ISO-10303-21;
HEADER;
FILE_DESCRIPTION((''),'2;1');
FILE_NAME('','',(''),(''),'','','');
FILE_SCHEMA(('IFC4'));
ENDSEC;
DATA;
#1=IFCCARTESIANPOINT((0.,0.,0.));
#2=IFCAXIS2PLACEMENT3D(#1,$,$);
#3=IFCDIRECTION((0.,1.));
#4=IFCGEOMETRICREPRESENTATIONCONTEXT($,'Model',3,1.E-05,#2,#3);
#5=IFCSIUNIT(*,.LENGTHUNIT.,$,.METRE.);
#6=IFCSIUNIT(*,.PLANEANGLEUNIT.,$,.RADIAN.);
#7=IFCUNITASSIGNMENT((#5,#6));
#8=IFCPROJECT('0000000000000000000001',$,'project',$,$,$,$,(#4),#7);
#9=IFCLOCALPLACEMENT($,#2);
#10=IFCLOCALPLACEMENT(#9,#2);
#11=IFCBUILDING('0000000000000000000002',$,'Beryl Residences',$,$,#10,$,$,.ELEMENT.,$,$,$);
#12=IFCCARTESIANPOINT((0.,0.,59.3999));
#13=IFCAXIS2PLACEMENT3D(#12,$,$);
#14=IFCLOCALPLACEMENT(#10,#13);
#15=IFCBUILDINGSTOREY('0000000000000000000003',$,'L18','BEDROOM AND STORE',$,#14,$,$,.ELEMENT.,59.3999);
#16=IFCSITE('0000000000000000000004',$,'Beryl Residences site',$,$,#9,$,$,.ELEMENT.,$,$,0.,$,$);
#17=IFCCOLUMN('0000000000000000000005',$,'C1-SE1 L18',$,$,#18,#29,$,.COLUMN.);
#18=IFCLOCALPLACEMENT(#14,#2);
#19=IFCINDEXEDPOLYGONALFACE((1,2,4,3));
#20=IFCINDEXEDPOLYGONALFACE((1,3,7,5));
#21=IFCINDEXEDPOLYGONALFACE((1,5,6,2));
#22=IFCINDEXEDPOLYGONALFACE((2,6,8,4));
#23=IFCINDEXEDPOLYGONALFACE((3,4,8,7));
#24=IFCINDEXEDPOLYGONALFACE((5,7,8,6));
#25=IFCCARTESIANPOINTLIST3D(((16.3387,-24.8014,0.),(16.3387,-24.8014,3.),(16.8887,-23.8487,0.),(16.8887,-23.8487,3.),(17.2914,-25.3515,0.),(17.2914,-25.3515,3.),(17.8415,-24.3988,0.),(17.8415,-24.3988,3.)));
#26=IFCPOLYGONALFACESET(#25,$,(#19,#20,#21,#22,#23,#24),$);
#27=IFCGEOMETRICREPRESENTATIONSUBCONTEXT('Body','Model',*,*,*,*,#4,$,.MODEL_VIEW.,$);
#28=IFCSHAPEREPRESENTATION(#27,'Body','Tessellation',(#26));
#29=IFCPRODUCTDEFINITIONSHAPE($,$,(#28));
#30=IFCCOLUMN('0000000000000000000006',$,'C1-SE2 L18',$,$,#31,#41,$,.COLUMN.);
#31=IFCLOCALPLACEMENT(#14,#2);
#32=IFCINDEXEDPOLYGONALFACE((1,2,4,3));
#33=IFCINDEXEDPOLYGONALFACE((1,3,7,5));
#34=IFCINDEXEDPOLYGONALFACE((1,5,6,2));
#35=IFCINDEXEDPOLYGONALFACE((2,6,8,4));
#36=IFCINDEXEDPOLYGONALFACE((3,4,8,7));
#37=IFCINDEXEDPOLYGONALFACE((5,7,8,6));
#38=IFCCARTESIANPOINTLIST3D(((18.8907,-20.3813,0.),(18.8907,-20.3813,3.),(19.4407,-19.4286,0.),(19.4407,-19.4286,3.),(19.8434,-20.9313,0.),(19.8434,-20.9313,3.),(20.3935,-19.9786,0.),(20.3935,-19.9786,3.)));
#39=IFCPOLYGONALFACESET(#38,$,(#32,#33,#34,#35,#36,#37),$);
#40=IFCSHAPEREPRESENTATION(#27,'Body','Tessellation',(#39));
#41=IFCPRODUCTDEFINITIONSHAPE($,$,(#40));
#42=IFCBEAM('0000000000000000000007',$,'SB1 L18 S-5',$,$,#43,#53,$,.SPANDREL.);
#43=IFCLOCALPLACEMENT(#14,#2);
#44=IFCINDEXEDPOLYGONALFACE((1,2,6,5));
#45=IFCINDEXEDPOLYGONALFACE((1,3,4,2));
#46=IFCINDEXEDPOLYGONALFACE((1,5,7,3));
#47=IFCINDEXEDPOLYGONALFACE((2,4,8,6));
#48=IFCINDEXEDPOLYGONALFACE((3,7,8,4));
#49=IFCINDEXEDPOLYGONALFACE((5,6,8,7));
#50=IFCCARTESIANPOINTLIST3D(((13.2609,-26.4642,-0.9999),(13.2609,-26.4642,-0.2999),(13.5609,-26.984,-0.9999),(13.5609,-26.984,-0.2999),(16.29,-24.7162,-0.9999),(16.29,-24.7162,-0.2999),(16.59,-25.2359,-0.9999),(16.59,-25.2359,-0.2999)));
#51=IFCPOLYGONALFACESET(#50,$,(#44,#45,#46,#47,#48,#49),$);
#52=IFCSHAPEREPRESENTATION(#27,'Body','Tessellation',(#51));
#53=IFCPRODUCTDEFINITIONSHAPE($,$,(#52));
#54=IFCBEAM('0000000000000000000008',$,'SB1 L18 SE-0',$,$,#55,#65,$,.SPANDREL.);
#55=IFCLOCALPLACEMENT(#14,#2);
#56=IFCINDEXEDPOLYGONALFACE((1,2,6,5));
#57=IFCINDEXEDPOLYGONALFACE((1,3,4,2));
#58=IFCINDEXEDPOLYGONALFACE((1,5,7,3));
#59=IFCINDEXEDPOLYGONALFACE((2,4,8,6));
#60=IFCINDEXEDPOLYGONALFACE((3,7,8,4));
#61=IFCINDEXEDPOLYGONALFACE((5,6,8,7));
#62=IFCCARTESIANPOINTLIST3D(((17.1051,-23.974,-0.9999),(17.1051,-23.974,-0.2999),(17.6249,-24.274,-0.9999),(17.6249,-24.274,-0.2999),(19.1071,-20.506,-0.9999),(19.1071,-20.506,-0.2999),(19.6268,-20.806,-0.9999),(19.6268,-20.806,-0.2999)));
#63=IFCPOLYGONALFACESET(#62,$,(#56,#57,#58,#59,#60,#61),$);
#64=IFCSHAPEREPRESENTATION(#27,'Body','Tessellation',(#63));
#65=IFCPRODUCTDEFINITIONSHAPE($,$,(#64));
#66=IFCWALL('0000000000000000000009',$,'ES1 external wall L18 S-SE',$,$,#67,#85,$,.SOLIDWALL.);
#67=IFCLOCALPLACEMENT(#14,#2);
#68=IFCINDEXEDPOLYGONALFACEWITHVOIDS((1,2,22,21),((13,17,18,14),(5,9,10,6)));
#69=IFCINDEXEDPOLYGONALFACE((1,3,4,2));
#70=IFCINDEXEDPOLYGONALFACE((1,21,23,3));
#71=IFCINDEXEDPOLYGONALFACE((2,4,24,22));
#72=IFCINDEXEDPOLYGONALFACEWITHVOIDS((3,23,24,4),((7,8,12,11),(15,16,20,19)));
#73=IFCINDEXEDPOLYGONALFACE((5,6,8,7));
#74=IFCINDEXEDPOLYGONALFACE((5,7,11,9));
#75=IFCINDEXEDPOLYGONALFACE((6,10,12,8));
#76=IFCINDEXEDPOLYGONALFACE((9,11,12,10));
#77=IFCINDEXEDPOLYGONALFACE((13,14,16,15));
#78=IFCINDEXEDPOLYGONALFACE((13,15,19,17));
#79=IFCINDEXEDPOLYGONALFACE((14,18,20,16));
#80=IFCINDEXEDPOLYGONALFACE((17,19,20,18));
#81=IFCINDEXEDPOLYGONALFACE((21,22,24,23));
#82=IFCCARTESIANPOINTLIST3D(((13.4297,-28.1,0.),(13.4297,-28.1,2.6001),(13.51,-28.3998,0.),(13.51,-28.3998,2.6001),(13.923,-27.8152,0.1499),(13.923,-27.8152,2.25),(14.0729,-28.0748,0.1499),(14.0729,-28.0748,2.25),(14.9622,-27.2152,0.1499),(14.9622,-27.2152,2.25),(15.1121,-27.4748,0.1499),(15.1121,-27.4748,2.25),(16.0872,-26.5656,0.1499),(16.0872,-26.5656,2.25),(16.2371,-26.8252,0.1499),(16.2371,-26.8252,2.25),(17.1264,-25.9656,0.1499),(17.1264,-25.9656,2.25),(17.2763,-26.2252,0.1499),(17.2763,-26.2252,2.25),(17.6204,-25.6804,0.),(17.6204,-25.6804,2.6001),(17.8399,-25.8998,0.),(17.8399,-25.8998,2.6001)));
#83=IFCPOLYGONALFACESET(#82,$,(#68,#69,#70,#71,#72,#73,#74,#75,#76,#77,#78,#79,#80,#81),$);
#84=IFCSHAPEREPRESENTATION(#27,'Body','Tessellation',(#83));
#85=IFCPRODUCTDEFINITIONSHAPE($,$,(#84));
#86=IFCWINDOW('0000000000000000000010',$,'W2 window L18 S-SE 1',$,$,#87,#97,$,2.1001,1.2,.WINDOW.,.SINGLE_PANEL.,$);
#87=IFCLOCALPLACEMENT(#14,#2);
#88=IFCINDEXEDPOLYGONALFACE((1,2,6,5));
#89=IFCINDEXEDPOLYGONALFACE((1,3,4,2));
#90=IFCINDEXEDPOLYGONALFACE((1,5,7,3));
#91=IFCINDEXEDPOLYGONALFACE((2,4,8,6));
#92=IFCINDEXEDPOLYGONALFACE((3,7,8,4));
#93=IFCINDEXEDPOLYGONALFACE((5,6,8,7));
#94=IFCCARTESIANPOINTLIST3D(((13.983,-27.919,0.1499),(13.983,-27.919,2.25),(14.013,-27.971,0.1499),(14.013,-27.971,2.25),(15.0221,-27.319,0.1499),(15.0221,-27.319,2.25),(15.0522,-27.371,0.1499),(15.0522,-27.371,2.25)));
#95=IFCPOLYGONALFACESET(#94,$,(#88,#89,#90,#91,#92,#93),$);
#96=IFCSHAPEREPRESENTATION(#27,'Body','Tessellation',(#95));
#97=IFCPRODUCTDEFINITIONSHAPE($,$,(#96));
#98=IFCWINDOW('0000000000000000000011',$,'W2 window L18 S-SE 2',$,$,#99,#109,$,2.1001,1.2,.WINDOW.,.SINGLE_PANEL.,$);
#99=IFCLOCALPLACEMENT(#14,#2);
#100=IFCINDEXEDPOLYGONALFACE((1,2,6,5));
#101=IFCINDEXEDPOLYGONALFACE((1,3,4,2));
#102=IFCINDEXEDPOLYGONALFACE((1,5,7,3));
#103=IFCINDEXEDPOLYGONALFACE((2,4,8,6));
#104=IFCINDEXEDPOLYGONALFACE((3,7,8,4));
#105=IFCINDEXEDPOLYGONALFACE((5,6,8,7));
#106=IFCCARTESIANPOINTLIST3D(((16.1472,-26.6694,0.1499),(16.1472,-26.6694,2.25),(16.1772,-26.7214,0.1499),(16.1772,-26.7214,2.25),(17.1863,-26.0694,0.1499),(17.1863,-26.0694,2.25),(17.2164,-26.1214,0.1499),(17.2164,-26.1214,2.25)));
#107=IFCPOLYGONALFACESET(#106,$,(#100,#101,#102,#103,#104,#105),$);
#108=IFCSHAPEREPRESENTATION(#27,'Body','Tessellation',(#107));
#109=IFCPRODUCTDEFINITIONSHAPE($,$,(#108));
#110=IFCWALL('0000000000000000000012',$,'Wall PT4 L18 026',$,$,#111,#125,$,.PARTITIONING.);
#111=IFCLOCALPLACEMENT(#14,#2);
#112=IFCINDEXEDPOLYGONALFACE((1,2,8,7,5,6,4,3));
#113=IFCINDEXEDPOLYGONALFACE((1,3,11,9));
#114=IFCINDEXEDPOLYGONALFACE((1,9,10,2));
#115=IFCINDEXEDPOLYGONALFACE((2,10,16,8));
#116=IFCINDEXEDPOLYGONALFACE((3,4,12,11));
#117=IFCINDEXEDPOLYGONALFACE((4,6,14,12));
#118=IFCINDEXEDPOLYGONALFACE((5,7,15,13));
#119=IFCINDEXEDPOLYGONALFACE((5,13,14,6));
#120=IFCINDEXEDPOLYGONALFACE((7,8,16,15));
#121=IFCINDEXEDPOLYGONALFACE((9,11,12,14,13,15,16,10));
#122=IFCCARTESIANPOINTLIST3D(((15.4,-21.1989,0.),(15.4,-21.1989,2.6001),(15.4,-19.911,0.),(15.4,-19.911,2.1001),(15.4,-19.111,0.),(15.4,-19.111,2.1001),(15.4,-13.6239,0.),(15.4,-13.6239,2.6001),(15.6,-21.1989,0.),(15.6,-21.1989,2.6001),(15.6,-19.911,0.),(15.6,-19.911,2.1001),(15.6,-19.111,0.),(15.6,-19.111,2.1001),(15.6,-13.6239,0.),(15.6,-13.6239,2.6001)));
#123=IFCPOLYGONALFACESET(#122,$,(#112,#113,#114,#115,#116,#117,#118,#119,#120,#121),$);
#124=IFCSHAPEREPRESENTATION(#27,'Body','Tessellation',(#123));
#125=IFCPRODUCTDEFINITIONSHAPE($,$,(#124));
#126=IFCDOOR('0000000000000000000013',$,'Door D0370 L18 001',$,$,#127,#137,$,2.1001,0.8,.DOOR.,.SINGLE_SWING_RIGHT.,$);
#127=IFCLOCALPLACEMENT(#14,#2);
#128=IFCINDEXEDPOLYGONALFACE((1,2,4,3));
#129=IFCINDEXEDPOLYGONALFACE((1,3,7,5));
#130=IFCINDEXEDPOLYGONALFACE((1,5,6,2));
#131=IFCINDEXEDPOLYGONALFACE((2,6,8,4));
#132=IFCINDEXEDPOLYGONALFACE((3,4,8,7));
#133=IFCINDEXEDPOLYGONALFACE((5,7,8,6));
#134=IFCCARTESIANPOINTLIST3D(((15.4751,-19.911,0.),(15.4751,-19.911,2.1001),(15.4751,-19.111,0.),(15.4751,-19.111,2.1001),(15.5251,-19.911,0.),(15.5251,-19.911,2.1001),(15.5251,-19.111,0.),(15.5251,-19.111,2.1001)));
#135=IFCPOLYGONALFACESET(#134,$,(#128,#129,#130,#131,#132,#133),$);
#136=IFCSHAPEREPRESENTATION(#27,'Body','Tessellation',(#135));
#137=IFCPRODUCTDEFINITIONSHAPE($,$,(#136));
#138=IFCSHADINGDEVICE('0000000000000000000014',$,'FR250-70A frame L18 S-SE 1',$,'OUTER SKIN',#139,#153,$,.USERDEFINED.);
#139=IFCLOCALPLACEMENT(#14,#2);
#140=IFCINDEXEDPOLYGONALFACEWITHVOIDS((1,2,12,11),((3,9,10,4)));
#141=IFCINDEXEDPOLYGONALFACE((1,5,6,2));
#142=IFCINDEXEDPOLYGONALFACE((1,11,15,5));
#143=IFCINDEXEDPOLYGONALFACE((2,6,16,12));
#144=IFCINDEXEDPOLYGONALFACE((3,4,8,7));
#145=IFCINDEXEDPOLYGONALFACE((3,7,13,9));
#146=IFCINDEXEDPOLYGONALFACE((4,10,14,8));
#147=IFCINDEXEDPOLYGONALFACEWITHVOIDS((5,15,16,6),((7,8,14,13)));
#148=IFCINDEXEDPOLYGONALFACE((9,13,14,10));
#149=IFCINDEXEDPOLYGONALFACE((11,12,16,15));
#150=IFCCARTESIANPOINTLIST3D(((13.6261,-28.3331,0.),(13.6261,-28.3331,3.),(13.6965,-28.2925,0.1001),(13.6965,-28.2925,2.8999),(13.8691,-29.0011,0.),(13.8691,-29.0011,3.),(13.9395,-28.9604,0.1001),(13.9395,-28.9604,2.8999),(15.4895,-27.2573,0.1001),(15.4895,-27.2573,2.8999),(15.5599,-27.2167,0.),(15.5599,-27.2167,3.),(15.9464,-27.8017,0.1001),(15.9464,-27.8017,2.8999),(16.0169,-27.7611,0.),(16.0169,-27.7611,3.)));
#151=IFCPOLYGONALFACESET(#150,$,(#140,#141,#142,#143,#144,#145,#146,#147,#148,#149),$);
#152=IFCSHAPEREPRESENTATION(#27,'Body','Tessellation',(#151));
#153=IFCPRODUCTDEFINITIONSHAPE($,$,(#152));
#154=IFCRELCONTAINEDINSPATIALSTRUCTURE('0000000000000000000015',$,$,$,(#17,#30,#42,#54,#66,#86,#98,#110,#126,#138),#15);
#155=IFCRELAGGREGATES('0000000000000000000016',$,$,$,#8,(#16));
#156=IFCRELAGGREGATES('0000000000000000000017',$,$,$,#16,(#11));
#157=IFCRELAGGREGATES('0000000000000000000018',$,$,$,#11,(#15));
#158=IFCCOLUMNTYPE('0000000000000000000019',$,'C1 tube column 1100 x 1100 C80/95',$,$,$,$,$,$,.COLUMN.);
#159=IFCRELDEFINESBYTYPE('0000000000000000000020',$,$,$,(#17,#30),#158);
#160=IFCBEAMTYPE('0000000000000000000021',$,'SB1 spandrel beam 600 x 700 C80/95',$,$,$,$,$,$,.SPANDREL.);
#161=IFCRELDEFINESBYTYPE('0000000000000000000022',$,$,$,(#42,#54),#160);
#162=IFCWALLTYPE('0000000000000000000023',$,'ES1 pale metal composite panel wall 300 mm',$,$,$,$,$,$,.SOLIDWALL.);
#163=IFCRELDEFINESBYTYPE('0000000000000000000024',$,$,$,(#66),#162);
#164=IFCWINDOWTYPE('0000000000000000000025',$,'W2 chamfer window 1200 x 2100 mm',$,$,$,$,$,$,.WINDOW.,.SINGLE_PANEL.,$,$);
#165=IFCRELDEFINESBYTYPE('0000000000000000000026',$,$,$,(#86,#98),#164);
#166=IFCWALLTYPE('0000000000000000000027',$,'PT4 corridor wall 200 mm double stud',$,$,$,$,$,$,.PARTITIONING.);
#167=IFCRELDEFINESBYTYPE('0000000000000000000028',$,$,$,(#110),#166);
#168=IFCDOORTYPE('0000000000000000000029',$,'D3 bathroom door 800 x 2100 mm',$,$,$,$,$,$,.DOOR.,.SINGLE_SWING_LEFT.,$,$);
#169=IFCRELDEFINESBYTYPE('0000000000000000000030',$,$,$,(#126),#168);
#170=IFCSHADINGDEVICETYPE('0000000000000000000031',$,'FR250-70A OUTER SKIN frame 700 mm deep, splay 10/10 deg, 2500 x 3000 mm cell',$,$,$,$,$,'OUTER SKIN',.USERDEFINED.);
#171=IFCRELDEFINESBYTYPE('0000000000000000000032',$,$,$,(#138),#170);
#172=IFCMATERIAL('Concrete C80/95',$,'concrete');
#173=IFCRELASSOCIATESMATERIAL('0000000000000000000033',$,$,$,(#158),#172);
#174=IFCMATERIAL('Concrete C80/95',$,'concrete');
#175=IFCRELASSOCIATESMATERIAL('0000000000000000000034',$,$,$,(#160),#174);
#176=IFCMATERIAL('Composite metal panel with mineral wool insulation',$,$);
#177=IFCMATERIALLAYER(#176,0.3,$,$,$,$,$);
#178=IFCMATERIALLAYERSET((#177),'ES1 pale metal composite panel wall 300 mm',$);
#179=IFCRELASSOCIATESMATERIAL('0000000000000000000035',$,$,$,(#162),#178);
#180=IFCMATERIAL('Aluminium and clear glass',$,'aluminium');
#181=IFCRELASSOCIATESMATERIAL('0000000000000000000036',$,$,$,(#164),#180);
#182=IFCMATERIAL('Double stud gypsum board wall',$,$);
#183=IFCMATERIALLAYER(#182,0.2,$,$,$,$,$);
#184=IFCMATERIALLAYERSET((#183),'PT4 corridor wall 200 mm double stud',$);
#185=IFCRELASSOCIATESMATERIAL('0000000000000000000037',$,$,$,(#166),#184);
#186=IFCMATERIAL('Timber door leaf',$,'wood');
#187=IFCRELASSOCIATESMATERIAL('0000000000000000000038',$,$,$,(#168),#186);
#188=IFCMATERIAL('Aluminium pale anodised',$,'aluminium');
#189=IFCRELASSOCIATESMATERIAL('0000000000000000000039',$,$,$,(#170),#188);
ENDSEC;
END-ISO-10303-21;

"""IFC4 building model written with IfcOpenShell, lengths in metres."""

from ifc_helpers import new_model, entity, si_unit, direction, frame, frame_2d, origin, origin_2d, place, context, subcontext, project, spatial, polyline, rectangle, outline, extrude, source, transform, mapped, material, layer, layer_set, material_profile, profile_set, type_object, type_shapes, element, fill, save


model = new_model("IFC4")

# Units and contexts
model_context = context("Model", 3, precision=1e-05, world=origin(), true_north=direction((0.0, 1.0)))
body_context = subcontext(model_context, "Body", "Model", "MODEL_VIEW")
ifc_project = project(units=[si_unit("LENGTHUNIT", "METRE"), si_unit("PLANEANGLEUNIT", "RADIAN")], contexts=[model_context])

# Site, building, storey
site_placement = place(None, origin())
site = spatial("IfcSite", under=ifc_project, at=site_placement, Name="Beryl Residences site", CompositionType="ELEMENT", RefElevation=0.0)
building_placement = place(site_placement, origin())
building = spatial("IfcBuilding", under=site, at=building_placement, Name="Beryl Residences", CompositionType="ELEMENT")
storey_placement = place(building_placement, frame((0.0, 0.0, 59.3999)))
storey = spatial("IfcBuildingStorey", under=building, at=storey_placement, Name="L18", Description="BEDROOM AND STORE", CompositionType="ELEMENT", Elevation=59.3999)

# Columns
ifc_material_1 = material(Name="Concrete C80/95", Category="concrete")
ifc_material_profile_1 = material_profile(ifc_material_1, rectangle(XDim=1.1001, YDim=1.1001, at=origin_2d()))
ifc_profile_set_1 = profile_set([ifc_material_profile_1], Name="Concrete C80/95")
column_type = type_object("IfcColumnType", Name="C1 tube column 1100 x 1100 C80/95", PredefinedType="COLUMN", material=ifc_profile_set_1)
for number, where, z_axis, x_axis, name in (
    (1, (17.0901, -24.6001, 0.0), (0.0, 0.0, 1.0), (0.499985, 0.866034, 0.0), "C1-SE1 L18"),
    (2, (19.6421, -20.1799, 0.0), (0.0, 0.0, 1.0), (0.499985, 0.866034, 0.0), "C1-SE2 L18"),
):
    element("IfcColumn", number, at=place(storey_placement, frame(where, z_axis=z_axis, x_axis=x_axis)), inside=storey, type_object=column_type, Name=name, PredefinedType="COLUMN", context=body_context, shape_type="SweptSolid", body=[
        extrude(rectangle(XDim=1.1001, YDim=1.1001, at=origin_2d()), origin(), (0.0, 0.0, 1.0), 3.0),
    ])

# Beams
ifc_material_2 = material(Name="Concrete C80/95", Category="concrete")
ifc_material_profile_2 = material_profile(ifc_material_2, rectangle(XDim=0.6001, YDim=0.7, at=origin_2d()))
ifc_profile_set_2 = profile_set([ifc_material_profile_2], Name="Concrete C80/95")
beam_type = type_object("IfcBeamType", Name="SB1 spandrel beam 600 x 700 C80/95", PredefinedType="SPANDREL", material=ifc_profile_set_2)
beam_1_placement = place(storey_placement, frame((13.4109, -26.7241, -0.6499), z_axis=(0.866122, 0.499833, 0.0), x_axis=(-0.499833, 0.866122, 0.0)))
element("IfcBeam", 3, at=beam_1_placement, inside=storey, type_object=beam_type, Name="SB1 L18 S-5", PredefinedType="SPANDREL", context=body_context, shape_type="SweptSolid", body=[
    extrude(rectangle(XDim=0.6001, YDim=0.7, at=origin_2d()), origin(), (0.0, 0.0, 1.0), 3.4973),
])
beam_2_placement = place(storey_placement, frame((17.365, -24.124, -0.6499), z_axis=(0.499942, 0.866059, 0.0), x_axis=(-0.866059, 0.499942, 0.0)))
element("IfcBeam", 4, at=beam_2_placement, inside=storey, type_object=beam_type, Name="SB1 L18 SE-0", PredefinedType="SPANDREL", context=body_context, shape_type="SweptSolid", body=[
    extrude(rectangle(XDim=0.6001, YDim=0.7, at=origin_2d()), origin(), (0.0, 0.0, 1.0), 4.0044),
])

# Wall, openings, windows
ifc_material_3 = material(Name="Composite metal panel with mineral wool insulation")
ifc_layer_1 = layer(ifc_material_3, 0.3)
ifc_layer_set_1 = layer_set([ifc_layer_1], Name="ES1 pale metal composite panel wall 300 mm")
wall_type_1 = type_object("IfcWallType", Name="ES1 pale metal composite panel wall 300 mm", PredefinedType="SOLIDWALL", material=ifc_layer_set_1)
wall_1_placement = place(storey_placement, frame((13.4351, -28.27, 0.0), z_axis=(0.0, 0.0, 1.0), x_axis=(0.866011, 0.500025, 0.0)))
wall_1 = element("IfcWall", 5, at=wall_1_placement, inside=storey, type_object=wall_type_1, Name="ES1 external wall L18 S-SE", PredefinedType="SOLIDWALL", context=body_context, shape_type="SweptSolid", body=[
    extrude(outline(polyline([(0.0, -0.1499), (4.9998, -0.1499), (4.9194, 0.1499), (0.0803, 0.1499), (0.0, -0.1499)])), origin(), (0.0, 0.0, 1.0), 2.6001),
])
opening_1_placement = place(wall_1_placement, frame((0.6499, 0.0, 0.1499)))
opening_1 = element("IfcOpeningElement", 6, at=opening_1_placement, cuts=wall_1, PredefinedType="OPENING", context=body_context, shape_type="SweptSolid", body=[
    extrude(rectangle(XDim=1.2, YDim=2.1001, at=frame_2d((0.6001, 1.05))), frame((0.0, 0.1599, 0.0), z_axis=(0.0, -1.0, 0.0), x_axis=(1.0, 0.0, 0.0)), (0.0, 0.0, 1.0), 0.3201),
])
opening_2_placement = place(wall_1_placement, frame((3.1489, 0.0, 0.1499)))
opening_2 = element("IfcOpeningElement", 7, at=opening_2_placement, cuts=wall_1, PredefinedType="OPENING", context=body_context, shape_type="SweptSolid", body=[
    extrude(rectangle(XDim=1.2, YDim=2.1001, at=frame_2d((0.6001, 1.05))), frame((0.0, 0.1599, 0.0), z_axis=(0.0, -1.0, 0.0), x_axis=(1.0, 0.0, 0.0)), (0.0, 0.0, 1.0), 0.3201),
])
ifc_material_4 = material(Name="Aluminium and clear glass", Category="aluminium")
window_type_1 = type_object("IfcWindowType", Name="W2 chamfer window 1200 x 2100 mm", PartitioningType="SINGLE_PANEL", PredefinedType="WINDOW", material=ifc_material_4)
window_1_placement = place(opening_1_placement, origin())
window_1 = element("IfcWindow", 8, at=window_1_placement, inside=storey, type_object=window_type_1, Name="W2 window L18 S-SE 1", OverallHeight=2.1001, OverallWidth=1.2, PartitioningType="SINGLE_PANEL", PredefinedType="WINDOW", context=body_context, shape_type="SweptSolid", body=[
    extrude(rectangle(XDim=1.2, YDim=2.1001, at=frame_2d((0.6001, 1.05))), frame((0.0, 0.03, 0.0), z_axis=(0.0, -1.0, 0.0), x_axis=(1.0, 0.0, 0.0)), (0.0, 0.0, 1.0), 0.0601),
])
fill(opening_1, window_1)
window_2_placement = place(opening_2_placement, origin())
window_2 = element("IfcWindow", 9, at=window_2_placement, inside=storey, type_object=window_type_1, Name="W2 window L18 S-SE 2", OverallHeight=2.1001, OverallWidth=1.2, PartitioningType="SINGLE_PANEL", PredefinedType="WINDOW", context=body_context, shape_type="SweptSolid", body=[
    extrude(rectangle(XDim=1.2, YDim=2.1001, at=frame_2d((0.6001, 1.05))), frame((0.0, 0.03, 0.0), z_axis=(0.0, -1.0, 0.0), x_axis=(1.0, 0.0, 0.0)), (0.0, 0.0, 1.0), 0.0601),
])
fill(opening_2, window_2)

# Wall, opening, door
ifc_material_5 = material(Name="Double stud gypsum board wall")
ifc_layer_2 = layer(ifc_material_5, 0.2)
ifc_layer_set_2 = layer_set([ifc_layer_2], Name="PT4 corridor wall 200 mm double stud")
wall_type_2 = type_object("IfcWallType", Name="PT4 corridor wall 200 mm double stud", PredefinedType="PARTITIONING", material=ifc_layer_set_2)
wall_2_placement = place(storey_placement, frame((15.5, -21.199, 0.0), z_axis=(0.0, 0.0, 1.0), x_axis=(0.0, 1.0, 0.0)))
wall_2 = element("IfcWall", 10, at=wall_2_placement, inside=storey, type_object=wall_type_2, Name="Wall PT4 L18 026", PredefinedType="PARTITIONING", context=body_context, shape_type="SweptSolid", body=[
    extrude(rectangle(XDim=7.575, YDim=0.2, at=frame_2d((3.7876, 0.0))), origin(), (0.0, 0.0, 1.0), 2.6001),
])
opening_3_placement = place(wall_2_placement, frame((1.2881, 0.0, 0.0)))
opening_3 = element("IfcOpeningElement", 11, at=opening_3_placement, cuts=wall_2, PredefinedType="OPENING", context=body_context, shape_type="SweptSolid", body=[
    extrude(rectangle(XDim=0.8, YDim=2.1001, at=frame_2d((0.3999, 1.05))), frame((0.0, 0.1099, 0.0), z_axis=(0.0, -1.0, 0.0), x_axis=(1.0, 0.0, 0.0)), (0.0, 0.0, 1.0), 0.22),
])
ifc_material_6 = material(Name="Timber door leaf", Category="wood")
door_type = type_object("IfcDoorType", Name="D3 bathroom door 800 x 2100 mm", OperationType="SINGLE_SWING_LEFT", PredefinedType="DOOR", material=ifc_material_6)
door_placement = place(opening_3_placement, origin())
door = element("IfcDoor", 12, at=door_placement, inside=storey, type_object=door_type, Name="Door D0370 L18 001", OperationType="SINGLE_SWING_RIGHT", OverallHeight=2.1001, OverallWidth=0.8, PredefinedType="DOOR", context=body_context, shape_type="SweptSolid", body=[
    extrude(rectangle(XDim=0.8, YDim=2.1001, at=frame_2d((0.3999, 1.05))), frame((0.0, 0.0249, 0.0), z_axis=(0.0, -1.0, 0.0), x_axis=(1.0, 0.0, 0.0)), (0.0, 0.0, 1.0), 0.05),
])
fill(opening_3, door)

# Shading device
ifc_material_7 = material(Name="Aluminium pale anodised", Category="aluminium")
shading_device_type_1 = type_object("IfcShadingDeviceType", Name="FR250-70A OUTER SKIN frame 700 mm deep, splay 10/10 deg, 2500 x 3000 mm cell", ElementType="OUTER SKIN", PredefinedType="USERDEFINED", material=ifc_material_7)
cartesian_point_1 = entity("IfcCartesianPoint", [-1.1165, 0.0])
cartesian_point_2 = entity("IfcCartesianPoint", [-1.0352, 0.1001])
cartesian_point_3 = entity("IfcCartesianPoint", [-1.24, 0.0])
cartesian_point_4 = entity("IfcCartesianPoint", [-1.1587, 0.1001])
shared_shape_1 = source(origin(), body_context, "Body", "SweptSolid", [
    entity("IfcExtrudedAreaSolidTapered", entity("IfcArbitraryProfileDefWithVoids", "AREA", None, entity("IfcPolyline", [cartesian_point_1, entity("IfcCartesianPoint", [1.1165, 0.0]), entity("IfcCartesianPoint", [1.1165, 3.0]), entity("IfcCartesianPoint", [-1.1165, 3.0]), cartesian_point_1]), [entity("IfcPolyline", [cartesian_point_2, entity("IfcCartesianPoint", [1.0352, 0.1001]), entity("IfcCartesianPoint", [1.0352, 2.8999]), entity("IfcCartesianPoint", [-1.0352, 2.8999]), cartesian_point_2])]), entity("IfcAxis2Placement3D", entity("IfcCartesianPoint", [0.0, 0.0, 0.0]), entity("IfcDirection", [0.0, 1.0, 0.0]), entity("IfcDirection", [-1.0, 0.0, 0.0])), entity("IfcDirection", [0.0, 0.0, 1.0]), 0.7, entity("IfcArbitraryProfileDefWithVoids", "AREA", None, entity("IfcPolyline", [cartesian_point_3, entity("IfcCartesianPoint", [1.24, 0.0]), entity("IfcCartesianPoint", [1.24, 3.0]), entity("IfcCartesianPoint", [-1.24, 3.0]), cartesian_point_3]), [entity("IfcPolyline", [cartesian_point_4, entity("IfcCartesianPoint", [1.1587, 0.1001]), entity("IfcCartesianPoint", [1.1587, 2.8999]), entity("IfcCartesianPoint", [-1.1587, 2.8999]), cartesian_point_4])])),
])
type_shapes(shading_device_type_1, [shared_shape_1])
for number, where, z_axis, x_axis, name in (
    (13, (14.593, -27.7749, 0.0), (0.0, 0.0, 1.0), (-0.866025, -0.5, 0.0), "FR250-70A frame L18 S-SE 1"),
):
    element("IfcShadingDevice", number, at=place(storey_placement, frame(where, z_axis=z_axis, x_axis=x_axis)), inside=storey, type_object=shading_device_type_1, Name=name, ObjectType="OUTER SKIN", PredefinedType="USERDEFINED", context=body_context, shape_type="MappedRepresentation", body=[
        mapped(shared_shape_1, transform((0.0, 0.0, 0.0))),
    ])

save(model, "model.ifc")
